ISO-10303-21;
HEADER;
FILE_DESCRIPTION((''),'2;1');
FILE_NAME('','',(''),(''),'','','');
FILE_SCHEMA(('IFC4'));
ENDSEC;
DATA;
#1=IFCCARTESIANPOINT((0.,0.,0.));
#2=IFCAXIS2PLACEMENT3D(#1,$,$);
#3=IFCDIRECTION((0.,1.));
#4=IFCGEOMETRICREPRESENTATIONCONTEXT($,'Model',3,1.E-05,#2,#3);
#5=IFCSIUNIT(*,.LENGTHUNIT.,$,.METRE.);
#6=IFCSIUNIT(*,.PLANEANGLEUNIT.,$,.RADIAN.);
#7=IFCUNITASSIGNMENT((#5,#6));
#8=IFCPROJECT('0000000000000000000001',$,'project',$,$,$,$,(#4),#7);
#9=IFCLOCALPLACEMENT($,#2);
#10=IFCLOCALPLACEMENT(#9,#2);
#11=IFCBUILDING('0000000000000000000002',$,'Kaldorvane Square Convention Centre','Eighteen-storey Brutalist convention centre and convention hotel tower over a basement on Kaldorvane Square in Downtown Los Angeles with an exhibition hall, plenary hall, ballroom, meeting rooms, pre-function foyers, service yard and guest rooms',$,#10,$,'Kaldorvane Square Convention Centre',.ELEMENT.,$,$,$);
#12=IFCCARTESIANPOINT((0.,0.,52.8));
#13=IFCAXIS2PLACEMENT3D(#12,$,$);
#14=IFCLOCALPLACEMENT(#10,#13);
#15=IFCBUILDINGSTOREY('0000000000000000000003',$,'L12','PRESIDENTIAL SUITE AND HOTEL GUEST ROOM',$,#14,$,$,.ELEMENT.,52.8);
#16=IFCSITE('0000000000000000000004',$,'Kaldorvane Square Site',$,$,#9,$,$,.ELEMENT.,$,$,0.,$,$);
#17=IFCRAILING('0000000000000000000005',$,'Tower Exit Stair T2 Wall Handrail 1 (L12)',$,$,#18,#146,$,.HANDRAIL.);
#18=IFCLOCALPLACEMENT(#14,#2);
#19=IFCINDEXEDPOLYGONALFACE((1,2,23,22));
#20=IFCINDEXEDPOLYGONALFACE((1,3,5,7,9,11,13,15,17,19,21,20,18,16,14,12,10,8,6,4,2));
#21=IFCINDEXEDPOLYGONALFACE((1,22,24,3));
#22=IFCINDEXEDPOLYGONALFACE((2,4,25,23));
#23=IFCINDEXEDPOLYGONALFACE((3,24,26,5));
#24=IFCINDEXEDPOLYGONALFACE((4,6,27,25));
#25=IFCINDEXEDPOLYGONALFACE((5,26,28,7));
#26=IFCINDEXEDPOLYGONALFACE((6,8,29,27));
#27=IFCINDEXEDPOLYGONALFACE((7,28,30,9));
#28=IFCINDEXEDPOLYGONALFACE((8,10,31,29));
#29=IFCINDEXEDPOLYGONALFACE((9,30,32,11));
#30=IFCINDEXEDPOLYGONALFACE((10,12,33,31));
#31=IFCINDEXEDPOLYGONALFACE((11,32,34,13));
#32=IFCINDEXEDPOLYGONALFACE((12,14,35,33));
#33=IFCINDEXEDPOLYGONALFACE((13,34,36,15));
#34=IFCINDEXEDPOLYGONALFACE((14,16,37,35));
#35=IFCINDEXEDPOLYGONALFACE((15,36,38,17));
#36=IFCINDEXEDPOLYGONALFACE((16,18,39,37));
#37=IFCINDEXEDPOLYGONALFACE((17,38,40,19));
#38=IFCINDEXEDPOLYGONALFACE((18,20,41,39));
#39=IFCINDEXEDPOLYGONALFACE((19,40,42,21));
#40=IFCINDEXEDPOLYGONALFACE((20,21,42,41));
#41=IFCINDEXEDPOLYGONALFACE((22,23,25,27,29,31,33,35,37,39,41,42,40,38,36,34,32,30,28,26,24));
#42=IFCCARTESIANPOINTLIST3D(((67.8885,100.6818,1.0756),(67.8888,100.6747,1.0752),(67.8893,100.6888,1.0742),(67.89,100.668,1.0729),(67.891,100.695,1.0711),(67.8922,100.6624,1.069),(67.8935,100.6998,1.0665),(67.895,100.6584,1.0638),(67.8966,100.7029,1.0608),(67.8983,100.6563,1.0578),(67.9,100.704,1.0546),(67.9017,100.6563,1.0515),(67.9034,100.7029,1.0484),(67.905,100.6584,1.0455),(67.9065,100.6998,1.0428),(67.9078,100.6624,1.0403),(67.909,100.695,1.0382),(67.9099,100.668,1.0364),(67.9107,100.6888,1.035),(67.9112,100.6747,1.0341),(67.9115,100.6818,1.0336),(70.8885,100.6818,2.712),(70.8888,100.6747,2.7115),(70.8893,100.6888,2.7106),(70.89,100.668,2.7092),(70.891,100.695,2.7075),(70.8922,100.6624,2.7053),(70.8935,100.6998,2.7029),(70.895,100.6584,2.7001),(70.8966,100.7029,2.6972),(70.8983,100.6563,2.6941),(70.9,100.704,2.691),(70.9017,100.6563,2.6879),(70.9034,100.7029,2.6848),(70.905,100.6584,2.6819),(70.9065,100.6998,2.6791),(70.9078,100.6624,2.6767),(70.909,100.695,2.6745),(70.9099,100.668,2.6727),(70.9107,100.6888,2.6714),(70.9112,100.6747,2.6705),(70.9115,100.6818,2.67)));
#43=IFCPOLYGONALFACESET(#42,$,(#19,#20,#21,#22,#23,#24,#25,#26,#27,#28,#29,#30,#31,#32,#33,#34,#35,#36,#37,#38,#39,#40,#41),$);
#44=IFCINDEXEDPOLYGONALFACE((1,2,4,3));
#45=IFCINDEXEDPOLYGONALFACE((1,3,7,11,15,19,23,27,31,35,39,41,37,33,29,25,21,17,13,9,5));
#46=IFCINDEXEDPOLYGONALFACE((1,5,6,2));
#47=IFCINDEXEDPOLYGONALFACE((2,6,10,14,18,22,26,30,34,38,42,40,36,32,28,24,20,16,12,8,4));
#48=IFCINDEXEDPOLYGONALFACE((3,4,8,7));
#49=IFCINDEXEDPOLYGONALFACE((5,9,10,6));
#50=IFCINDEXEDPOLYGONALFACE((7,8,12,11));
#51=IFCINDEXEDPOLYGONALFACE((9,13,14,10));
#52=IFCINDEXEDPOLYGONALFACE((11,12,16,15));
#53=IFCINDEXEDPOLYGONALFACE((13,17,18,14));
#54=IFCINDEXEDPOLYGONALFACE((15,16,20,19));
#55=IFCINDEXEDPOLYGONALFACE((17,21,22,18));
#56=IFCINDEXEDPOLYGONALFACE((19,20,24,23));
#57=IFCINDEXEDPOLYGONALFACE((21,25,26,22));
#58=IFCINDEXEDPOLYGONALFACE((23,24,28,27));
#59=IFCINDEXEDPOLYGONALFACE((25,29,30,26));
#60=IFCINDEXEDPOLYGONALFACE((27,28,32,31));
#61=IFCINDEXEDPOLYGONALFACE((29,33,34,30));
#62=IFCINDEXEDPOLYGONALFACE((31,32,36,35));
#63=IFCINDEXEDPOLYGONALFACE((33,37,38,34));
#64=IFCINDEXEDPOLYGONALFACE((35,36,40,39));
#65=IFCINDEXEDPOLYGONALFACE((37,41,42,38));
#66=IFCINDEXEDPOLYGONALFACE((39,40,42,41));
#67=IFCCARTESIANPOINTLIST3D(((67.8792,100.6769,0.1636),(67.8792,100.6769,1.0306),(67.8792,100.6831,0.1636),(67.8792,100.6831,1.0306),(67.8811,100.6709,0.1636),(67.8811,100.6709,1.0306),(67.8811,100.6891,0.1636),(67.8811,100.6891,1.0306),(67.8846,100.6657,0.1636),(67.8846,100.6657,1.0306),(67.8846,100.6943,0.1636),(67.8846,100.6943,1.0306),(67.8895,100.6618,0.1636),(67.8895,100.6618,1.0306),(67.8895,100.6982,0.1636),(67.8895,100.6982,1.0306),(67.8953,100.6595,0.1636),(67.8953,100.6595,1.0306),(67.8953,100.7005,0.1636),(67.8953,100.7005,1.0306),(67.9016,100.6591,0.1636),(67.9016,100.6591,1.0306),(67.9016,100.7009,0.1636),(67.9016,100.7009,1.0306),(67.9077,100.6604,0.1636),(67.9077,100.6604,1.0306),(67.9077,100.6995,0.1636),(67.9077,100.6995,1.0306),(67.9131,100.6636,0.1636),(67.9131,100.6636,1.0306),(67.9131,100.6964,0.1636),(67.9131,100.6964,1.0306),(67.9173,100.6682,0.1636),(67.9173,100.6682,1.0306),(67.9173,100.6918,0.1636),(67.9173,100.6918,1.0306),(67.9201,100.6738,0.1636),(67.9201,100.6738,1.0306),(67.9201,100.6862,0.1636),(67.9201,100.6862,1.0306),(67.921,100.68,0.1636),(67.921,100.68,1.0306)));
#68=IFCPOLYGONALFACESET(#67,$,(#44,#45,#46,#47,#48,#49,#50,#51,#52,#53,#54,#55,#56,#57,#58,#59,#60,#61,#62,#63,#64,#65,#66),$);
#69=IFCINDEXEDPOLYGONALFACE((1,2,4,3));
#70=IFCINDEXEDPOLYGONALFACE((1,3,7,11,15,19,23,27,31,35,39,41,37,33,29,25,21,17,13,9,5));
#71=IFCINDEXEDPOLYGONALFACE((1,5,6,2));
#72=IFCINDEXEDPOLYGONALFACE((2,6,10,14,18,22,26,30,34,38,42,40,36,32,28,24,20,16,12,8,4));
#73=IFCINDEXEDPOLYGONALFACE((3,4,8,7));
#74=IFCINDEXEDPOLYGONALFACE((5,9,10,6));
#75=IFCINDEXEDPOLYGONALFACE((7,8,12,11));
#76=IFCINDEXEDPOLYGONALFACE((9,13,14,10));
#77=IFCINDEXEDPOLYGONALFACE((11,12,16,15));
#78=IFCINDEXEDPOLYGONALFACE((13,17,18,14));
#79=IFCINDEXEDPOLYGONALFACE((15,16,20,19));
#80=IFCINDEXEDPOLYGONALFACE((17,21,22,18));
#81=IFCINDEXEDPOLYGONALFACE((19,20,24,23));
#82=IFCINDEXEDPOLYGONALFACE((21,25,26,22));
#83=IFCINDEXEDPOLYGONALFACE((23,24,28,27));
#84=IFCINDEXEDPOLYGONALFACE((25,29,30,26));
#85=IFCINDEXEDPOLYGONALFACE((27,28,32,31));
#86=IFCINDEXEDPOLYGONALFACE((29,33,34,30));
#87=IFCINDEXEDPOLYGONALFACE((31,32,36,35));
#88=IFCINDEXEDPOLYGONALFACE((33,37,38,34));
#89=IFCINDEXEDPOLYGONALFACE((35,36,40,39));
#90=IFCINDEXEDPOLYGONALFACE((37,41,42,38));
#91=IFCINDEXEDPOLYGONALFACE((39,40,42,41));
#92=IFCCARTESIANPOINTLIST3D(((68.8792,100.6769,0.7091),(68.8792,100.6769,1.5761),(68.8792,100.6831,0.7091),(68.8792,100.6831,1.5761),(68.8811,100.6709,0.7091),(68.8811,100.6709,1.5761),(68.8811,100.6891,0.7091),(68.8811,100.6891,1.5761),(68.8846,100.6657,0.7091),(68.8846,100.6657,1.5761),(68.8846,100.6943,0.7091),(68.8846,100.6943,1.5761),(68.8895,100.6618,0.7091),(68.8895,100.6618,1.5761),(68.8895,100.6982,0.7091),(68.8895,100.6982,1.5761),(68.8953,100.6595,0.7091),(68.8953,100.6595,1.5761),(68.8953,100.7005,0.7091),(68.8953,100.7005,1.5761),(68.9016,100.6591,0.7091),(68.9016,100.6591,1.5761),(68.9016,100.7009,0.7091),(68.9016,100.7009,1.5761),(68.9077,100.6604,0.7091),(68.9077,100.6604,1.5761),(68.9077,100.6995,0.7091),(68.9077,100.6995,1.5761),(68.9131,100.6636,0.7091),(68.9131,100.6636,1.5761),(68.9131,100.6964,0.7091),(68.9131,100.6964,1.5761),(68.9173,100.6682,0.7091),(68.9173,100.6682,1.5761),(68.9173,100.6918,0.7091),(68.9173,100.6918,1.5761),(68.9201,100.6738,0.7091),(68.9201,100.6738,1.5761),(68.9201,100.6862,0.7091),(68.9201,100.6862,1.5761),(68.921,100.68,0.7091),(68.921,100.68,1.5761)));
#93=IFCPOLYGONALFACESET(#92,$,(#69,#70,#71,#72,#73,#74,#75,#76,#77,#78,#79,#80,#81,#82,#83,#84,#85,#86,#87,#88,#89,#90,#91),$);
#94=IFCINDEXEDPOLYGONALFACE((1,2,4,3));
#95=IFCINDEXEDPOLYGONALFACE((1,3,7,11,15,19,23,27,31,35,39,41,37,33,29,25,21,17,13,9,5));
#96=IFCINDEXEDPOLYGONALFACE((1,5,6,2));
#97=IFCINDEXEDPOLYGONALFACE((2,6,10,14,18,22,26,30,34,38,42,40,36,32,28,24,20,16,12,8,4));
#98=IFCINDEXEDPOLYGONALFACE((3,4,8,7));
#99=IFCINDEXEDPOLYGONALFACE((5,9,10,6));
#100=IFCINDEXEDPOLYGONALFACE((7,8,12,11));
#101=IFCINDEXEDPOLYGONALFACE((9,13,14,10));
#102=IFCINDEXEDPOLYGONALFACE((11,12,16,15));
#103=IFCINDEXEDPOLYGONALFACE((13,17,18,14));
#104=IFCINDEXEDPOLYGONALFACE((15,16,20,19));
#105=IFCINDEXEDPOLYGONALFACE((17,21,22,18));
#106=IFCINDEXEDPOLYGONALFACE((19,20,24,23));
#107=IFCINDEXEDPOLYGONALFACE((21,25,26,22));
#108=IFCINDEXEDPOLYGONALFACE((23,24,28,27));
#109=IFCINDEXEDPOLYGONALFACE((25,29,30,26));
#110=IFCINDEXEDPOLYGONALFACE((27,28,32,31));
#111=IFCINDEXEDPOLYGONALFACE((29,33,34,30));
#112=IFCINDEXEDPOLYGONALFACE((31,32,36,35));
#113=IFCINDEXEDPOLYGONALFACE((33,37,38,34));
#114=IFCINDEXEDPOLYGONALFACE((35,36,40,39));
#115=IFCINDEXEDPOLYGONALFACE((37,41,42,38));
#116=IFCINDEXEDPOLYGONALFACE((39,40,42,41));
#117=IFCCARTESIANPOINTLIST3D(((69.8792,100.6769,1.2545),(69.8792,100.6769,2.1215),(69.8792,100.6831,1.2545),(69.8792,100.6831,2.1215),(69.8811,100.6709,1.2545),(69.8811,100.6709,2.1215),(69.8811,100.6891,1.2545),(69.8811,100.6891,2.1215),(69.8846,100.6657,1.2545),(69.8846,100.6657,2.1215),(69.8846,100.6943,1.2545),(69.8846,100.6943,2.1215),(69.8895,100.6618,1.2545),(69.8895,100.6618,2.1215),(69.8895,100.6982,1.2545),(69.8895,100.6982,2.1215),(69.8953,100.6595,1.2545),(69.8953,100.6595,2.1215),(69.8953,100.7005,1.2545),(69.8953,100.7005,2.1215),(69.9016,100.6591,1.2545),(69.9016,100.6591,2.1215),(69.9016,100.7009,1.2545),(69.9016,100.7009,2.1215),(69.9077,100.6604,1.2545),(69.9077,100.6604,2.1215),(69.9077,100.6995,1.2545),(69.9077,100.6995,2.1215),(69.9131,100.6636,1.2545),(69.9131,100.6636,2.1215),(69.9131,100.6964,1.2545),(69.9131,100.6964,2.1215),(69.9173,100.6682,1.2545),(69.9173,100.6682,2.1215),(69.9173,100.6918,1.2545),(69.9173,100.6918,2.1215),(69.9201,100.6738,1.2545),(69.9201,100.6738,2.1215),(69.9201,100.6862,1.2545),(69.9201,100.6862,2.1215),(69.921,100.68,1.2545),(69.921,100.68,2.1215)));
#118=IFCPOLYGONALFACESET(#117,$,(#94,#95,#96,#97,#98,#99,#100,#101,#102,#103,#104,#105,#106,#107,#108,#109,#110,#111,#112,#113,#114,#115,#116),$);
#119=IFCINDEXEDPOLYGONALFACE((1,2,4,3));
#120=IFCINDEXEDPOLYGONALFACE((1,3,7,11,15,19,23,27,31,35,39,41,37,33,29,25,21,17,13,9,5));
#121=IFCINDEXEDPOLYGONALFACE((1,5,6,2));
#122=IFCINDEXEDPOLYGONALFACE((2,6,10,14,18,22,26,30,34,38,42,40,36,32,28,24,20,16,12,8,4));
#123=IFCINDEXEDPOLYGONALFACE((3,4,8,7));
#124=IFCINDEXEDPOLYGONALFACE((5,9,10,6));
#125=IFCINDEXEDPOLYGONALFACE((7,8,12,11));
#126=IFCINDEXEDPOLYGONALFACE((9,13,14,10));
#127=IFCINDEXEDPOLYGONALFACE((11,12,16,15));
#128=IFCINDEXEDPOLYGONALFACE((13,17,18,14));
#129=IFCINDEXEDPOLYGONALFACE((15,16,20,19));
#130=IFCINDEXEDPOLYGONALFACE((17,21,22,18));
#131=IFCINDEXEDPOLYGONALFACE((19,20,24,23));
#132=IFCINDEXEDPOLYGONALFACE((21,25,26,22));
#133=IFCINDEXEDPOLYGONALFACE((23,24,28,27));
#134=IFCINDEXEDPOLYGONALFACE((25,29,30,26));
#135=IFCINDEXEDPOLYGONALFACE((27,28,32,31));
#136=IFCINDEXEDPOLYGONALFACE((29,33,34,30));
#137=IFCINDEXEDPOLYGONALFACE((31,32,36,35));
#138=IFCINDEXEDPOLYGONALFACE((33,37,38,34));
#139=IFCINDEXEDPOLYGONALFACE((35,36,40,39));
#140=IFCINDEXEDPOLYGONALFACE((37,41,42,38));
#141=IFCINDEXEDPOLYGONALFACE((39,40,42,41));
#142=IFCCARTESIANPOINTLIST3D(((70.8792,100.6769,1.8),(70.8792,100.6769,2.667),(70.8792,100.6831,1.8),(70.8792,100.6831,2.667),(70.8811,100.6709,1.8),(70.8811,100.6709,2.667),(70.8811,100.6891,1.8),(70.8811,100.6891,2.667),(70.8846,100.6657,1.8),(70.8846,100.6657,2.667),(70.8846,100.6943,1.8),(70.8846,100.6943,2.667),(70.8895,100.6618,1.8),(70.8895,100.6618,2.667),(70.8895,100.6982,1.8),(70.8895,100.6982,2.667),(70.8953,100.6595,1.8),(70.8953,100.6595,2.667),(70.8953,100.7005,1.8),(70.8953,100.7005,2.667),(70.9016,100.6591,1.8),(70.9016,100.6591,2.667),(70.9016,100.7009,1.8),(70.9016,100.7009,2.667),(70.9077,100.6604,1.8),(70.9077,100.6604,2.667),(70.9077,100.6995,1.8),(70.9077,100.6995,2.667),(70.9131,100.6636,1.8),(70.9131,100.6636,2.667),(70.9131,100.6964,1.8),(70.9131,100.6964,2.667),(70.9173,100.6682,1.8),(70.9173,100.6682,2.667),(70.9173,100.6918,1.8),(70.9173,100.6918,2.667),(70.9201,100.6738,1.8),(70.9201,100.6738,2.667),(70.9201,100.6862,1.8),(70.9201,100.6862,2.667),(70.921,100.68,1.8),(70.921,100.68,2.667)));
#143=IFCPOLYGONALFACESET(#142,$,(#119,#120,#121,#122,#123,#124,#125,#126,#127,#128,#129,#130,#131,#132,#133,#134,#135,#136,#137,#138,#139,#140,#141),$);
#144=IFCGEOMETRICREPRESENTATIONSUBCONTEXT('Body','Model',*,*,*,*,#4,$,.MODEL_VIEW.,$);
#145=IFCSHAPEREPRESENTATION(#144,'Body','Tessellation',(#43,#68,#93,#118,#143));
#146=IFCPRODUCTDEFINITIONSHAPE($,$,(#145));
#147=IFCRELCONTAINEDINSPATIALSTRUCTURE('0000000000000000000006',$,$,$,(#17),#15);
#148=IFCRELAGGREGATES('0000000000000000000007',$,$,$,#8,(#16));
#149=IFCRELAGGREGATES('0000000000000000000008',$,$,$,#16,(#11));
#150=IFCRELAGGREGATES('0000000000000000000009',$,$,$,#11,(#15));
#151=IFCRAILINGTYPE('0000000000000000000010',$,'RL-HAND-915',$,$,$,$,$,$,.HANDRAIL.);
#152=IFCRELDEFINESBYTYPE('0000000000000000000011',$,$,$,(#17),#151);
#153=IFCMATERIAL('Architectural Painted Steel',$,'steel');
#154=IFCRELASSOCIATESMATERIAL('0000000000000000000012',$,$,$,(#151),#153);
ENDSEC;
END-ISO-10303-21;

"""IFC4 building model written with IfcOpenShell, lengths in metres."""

from ifc_helpers import new_model, si_unit, direction, frame, origin, origin_2d, place, context, subcontext, project, spatial, circle, extrude, material, type_object, element, save


model = new_model("IFC4")

# Units and contexts
model_context = context("Model", 3, precision=1e-05, world=origin(), true_north=direction((0.0, 1.0)))
body_context = subcontext(model_context, "Body", "Model", "MODEL_VIEW")
ifc_project = project(units=[si_unit("LENGTHUNIT", "METRE"), si_unit("PLANEANGLEUNIT", "RADIAN")], contexts=[model_context])

# Site, building, storey
site_placement = place(None, origin())
site = spatial("IfcSite", under=ifc_project, at=site_placement, Name="Kaldorvane Square Site", CompositionType="ELEMENT", RefElevation=0.0)
building_placement = place(site_placement, origin())
building = spatial("IfcBuilding", under=site, at=building_placement, Name="Kaldorvane Square Convention Centre", Description="Eighteen-storey Brutalist convention centre and convention hotel tower over a basement on Kaldorvane Square in Downtown Los Angeles with an exhibition hall, plenary hall, ballroom, meeting rooms, pre-function foyers, service yard and guest rooms", LongName="Kaldorvane Square Convention Centre", CompositionType="ELEMENT")
storey_placement = place(building_placement, frame((0.0, 0.0, 52.8)))
storey = spatial("IfcBuildingStorey", under=building, at=storey_placement, Name="L12", Description="PRESIDENTIAL SUITE AND HOTEL GUEST ROOM", CompositionType="ELEMENT", Elevation=52.8)

# Railing
ifc_material_1 = material(Name="Architectural Painted Steel", Category="steel")
railing_type_1 = type_object("IfcRailingType", Name="RL-HAND-915", PredefinedType="HANDRAIL", material=ifc_material_1)
railing_1_placement = place(storey_placement, frame((67.9, 100.68, 0.1636)))
element("IfcRailing", 1, at=railing_1_placement, inside=storey, type_object=railing_type_1, Name="Tower Exit Stair T2 Wall Handrail 1 (L12)", PredefinedType="HANDRAIL", context=body_context, shape_type="SweptSolid", body=[
    extrude(circle(Radius=0.024, at=origin_2d()), frame((0.0, 0.0, 0.891), z_axis=(0.877895, 0.0, 0.478853), x_axis=(0.0, 1.0, 0.0)), (0.0, 0.0, 1.0), 3.4173),
    extrude(circle(Radius=0.021, at=origin_2d()), origin(), (0.0, 0.0, 1.0), 0.867),
    extrude(circle(Radius=0.021, at=origin_2d()), frame((1.0, 0.0, 0.5455)), (0.0, 0.0, 1.0), 0.867),
    extrude(circle(Radius=0.021, at=origin_2d()), frame((2.0, 0.0, 1.0909)), (0.0, 0.0, 1.0), 0.867),
    extrude(circle(Radius=0.021, at=origin_2d()), frame((3.0, 0.0, 1.6364)), (0.0, 0.0, 1.0), 0.867),
])

save(model, "model.ifc")
